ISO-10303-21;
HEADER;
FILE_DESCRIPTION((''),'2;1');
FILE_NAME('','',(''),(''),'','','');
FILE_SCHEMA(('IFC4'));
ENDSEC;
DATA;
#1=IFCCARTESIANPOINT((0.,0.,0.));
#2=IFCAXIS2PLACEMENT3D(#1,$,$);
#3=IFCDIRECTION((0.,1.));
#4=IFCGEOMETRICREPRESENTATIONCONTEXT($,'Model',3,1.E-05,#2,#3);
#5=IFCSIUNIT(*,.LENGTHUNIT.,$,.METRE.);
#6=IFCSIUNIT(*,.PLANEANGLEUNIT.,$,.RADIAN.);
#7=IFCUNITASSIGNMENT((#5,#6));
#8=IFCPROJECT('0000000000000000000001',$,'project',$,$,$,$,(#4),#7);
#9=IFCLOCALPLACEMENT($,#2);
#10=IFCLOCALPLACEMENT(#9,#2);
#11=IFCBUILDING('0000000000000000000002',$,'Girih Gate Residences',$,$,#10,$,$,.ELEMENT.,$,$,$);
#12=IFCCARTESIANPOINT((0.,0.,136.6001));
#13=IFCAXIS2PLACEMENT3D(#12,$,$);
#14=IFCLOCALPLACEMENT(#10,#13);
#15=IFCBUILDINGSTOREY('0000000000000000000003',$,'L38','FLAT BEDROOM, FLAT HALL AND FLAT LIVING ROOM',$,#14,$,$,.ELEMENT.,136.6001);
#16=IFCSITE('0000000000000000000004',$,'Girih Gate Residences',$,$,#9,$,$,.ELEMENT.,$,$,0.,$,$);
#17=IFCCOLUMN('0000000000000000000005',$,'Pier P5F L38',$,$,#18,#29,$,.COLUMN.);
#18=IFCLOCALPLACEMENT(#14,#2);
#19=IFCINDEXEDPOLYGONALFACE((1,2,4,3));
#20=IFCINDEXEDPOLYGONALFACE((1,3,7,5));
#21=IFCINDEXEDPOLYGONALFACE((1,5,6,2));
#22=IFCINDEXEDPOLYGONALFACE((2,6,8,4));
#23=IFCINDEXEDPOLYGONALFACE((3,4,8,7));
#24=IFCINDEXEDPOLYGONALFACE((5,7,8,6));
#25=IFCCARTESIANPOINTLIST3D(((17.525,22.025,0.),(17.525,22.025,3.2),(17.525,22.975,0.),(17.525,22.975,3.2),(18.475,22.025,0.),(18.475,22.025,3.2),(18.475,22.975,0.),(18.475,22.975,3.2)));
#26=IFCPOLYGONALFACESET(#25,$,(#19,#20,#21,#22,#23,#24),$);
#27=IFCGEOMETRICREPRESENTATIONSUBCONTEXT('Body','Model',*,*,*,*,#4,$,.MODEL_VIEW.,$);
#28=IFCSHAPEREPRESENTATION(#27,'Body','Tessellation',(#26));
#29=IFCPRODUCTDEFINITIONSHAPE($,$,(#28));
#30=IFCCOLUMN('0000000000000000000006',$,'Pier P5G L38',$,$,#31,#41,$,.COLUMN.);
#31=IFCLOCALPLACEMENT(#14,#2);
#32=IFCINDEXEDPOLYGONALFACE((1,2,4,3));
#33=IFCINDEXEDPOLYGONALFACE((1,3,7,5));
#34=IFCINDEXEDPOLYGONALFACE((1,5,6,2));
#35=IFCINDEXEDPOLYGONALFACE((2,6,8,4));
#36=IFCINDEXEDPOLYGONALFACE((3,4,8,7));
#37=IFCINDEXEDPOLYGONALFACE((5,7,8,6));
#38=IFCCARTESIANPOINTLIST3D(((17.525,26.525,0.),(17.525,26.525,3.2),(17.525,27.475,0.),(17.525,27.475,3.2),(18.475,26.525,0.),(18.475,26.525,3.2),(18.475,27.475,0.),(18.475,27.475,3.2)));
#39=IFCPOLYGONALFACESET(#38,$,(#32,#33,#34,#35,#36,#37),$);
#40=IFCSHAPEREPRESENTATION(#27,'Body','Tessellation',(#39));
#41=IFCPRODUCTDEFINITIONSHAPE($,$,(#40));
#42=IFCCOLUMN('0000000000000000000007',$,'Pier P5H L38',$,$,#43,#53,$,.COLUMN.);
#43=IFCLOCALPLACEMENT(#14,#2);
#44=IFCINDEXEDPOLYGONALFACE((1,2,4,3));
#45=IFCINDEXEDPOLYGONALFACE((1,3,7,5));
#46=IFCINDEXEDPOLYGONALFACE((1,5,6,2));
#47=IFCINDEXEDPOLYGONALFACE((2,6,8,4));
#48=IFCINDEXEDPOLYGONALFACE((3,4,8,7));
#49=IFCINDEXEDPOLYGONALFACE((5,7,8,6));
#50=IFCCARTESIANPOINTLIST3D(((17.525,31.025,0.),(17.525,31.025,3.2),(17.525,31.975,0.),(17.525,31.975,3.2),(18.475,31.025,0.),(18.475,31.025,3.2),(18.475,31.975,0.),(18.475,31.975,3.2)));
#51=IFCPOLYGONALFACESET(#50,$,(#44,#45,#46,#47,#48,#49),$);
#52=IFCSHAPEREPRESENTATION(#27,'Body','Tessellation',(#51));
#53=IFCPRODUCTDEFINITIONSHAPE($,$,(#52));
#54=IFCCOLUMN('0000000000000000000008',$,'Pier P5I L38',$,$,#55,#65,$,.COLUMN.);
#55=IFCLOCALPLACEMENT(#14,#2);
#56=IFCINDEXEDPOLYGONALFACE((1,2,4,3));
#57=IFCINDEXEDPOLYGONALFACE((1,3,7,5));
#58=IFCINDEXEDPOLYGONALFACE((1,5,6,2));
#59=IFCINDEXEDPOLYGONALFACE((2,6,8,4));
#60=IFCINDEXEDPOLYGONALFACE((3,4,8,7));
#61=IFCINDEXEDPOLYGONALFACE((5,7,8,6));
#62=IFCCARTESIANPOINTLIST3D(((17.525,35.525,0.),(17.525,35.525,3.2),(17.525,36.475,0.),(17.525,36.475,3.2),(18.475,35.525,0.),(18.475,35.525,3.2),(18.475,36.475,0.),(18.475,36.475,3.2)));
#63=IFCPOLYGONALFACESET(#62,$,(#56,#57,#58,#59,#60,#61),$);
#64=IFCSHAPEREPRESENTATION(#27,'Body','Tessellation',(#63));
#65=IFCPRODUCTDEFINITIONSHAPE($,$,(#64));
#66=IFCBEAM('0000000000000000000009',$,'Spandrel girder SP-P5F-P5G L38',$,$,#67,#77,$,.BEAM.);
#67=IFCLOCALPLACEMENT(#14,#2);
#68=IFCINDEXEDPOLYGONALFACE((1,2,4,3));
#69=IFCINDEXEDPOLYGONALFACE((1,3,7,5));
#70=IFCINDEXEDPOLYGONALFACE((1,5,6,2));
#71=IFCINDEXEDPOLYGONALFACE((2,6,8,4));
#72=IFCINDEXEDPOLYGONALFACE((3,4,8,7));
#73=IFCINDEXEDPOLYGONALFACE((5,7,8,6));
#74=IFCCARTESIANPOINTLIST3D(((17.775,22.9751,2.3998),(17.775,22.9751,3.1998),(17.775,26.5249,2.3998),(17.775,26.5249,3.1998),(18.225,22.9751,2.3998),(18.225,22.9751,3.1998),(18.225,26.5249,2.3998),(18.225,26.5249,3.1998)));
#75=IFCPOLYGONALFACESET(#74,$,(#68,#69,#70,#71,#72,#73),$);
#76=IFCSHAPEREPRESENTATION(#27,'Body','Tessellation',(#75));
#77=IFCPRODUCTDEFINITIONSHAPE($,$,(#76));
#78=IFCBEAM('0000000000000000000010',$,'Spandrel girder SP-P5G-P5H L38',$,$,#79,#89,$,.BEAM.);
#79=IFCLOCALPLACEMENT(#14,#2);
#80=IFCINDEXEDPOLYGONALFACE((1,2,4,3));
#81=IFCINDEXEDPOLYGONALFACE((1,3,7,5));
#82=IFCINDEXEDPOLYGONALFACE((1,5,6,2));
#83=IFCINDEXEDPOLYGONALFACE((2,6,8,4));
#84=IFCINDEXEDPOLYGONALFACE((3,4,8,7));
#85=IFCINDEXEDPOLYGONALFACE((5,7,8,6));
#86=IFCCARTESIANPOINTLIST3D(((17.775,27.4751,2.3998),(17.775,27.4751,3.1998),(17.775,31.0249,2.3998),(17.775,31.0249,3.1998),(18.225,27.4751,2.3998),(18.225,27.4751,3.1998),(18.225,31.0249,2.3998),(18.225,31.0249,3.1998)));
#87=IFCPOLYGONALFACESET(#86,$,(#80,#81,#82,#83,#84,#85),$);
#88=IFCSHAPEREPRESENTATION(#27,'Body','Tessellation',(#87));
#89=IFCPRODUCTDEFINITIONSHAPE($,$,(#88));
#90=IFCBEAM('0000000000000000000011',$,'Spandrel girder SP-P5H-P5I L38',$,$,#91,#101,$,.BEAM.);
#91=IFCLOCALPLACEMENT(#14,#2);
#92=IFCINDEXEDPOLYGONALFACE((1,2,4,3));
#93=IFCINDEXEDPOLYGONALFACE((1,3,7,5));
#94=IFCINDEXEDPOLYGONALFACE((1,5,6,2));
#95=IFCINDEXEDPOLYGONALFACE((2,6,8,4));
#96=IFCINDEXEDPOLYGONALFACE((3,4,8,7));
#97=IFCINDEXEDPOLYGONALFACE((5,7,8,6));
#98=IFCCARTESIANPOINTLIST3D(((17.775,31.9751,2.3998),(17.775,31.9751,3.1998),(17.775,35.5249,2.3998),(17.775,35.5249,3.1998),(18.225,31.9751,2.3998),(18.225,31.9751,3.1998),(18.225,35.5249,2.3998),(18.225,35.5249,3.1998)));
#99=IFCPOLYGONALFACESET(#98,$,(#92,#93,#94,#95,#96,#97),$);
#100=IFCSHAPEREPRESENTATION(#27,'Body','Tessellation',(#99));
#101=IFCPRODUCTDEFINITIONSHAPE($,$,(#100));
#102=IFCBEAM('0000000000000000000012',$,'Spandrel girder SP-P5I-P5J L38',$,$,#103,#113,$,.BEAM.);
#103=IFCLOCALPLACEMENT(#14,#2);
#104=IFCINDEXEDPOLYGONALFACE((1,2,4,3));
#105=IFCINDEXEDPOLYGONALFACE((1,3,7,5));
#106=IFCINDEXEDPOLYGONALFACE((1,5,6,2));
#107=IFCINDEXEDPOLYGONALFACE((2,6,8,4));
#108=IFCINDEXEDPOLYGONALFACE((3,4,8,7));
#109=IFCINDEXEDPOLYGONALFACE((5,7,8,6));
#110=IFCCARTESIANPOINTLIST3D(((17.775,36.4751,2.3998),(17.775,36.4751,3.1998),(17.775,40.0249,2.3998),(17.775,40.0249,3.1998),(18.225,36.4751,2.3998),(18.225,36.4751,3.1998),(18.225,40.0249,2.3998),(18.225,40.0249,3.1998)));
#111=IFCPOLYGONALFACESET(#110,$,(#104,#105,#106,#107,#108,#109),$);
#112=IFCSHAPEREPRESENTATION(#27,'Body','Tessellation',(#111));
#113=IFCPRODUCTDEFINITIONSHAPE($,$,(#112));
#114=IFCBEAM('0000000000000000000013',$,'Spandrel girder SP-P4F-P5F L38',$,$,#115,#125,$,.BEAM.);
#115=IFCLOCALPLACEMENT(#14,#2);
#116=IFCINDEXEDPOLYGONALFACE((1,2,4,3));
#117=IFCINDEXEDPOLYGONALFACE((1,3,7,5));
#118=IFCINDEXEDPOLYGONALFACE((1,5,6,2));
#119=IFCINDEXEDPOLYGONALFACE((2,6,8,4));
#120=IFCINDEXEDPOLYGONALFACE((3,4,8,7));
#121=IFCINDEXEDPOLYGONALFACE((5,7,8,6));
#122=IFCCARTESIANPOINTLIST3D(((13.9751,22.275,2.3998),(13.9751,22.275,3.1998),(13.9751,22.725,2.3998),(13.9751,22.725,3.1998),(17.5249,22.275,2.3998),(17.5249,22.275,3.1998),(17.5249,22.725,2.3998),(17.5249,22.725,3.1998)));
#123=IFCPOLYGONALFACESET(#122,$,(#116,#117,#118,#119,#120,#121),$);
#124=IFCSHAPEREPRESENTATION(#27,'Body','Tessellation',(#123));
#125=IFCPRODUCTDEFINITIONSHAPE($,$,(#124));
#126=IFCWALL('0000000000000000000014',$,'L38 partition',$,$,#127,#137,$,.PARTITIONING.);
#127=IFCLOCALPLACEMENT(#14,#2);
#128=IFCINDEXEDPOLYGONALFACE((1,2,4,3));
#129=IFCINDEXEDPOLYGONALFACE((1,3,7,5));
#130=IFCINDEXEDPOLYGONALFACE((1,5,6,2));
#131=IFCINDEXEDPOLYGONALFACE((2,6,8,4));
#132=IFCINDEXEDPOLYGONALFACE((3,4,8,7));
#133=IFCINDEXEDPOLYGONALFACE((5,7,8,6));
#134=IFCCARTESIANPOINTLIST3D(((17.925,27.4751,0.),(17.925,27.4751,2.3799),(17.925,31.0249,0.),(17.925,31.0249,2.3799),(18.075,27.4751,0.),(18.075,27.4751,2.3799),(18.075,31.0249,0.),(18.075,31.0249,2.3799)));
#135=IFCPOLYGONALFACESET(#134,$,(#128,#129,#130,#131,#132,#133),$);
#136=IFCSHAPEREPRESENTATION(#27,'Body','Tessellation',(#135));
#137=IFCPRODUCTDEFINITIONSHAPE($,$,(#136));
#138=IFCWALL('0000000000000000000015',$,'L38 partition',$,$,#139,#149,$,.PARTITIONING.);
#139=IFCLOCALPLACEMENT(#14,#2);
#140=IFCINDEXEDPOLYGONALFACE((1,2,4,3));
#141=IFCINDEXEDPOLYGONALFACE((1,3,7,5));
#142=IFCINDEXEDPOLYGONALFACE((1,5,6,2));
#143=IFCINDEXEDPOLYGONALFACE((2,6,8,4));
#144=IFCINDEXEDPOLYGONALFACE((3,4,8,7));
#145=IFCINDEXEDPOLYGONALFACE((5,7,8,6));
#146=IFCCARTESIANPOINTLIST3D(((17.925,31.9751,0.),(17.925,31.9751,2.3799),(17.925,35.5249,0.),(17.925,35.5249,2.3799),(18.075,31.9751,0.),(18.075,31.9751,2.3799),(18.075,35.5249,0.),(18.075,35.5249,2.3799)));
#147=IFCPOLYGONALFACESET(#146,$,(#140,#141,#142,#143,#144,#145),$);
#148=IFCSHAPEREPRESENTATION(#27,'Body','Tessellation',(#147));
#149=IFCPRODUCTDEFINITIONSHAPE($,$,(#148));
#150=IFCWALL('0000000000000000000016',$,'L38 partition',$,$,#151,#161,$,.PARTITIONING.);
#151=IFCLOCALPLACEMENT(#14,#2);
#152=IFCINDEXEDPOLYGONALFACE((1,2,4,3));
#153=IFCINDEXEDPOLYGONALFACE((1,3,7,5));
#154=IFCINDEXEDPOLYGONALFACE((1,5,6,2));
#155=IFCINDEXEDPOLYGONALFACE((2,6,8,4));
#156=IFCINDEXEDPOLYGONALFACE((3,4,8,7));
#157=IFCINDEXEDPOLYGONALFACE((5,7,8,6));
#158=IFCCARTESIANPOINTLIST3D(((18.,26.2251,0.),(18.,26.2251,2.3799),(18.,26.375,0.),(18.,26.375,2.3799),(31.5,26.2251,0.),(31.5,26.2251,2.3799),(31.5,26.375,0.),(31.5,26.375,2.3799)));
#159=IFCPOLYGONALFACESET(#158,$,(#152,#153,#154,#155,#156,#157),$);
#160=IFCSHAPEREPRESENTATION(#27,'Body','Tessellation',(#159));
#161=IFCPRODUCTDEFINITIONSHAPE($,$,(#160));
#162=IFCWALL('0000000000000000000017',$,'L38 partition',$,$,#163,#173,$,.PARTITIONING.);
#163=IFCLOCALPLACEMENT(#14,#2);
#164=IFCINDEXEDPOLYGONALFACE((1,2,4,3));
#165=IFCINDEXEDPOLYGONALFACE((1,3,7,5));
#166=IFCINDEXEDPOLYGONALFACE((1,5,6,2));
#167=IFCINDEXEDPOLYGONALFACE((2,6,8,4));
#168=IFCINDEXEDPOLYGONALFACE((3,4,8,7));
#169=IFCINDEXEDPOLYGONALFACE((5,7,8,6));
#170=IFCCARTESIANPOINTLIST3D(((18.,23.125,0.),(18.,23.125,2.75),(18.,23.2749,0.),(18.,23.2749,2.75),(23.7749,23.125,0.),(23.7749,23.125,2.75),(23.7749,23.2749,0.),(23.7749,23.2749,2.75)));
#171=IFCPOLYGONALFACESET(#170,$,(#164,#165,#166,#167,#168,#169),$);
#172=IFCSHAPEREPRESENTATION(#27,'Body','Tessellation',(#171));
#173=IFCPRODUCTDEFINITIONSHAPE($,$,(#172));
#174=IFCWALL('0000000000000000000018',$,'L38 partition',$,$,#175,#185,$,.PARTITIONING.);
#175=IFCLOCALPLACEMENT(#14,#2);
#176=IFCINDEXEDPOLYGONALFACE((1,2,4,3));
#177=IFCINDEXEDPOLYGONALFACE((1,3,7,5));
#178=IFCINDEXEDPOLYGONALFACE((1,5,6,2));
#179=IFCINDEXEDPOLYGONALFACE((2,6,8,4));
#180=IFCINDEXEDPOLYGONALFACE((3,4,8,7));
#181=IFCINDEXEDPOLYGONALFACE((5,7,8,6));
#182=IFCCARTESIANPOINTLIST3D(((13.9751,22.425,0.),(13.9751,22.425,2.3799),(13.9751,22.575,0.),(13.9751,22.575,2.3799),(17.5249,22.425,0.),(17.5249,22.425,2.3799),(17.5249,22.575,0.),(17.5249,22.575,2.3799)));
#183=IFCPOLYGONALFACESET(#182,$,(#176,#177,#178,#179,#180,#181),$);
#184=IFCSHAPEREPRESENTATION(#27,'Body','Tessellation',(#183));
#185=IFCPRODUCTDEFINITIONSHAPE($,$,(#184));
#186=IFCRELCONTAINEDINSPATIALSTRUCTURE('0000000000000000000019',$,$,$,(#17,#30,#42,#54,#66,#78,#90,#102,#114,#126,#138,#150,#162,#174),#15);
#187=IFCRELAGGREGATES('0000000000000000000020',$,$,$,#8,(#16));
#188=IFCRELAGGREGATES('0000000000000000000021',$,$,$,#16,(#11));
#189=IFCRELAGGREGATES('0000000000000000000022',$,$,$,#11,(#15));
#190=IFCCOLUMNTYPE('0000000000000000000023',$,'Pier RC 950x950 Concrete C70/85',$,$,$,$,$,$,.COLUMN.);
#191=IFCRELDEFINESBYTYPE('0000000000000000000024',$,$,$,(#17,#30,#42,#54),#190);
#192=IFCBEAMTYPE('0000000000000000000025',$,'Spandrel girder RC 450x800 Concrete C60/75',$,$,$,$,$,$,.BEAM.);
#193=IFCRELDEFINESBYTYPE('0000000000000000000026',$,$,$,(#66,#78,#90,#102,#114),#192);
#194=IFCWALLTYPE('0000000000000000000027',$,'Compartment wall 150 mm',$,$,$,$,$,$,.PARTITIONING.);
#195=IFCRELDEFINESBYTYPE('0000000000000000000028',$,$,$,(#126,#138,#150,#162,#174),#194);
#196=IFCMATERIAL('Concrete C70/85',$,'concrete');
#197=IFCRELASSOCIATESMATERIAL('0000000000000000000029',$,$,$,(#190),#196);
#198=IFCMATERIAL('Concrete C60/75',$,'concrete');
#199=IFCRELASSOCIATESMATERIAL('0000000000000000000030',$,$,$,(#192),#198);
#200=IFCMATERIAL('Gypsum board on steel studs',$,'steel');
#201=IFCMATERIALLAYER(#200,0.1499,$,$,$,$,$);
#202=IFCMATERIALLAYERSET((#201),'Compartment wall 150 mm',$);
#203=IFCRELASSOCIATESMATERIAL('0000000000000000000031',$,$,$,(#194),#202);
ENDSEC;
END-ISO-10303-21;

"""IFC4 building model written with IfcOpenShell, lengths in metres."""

from ifc_helpers import new_model, si_unit, direction, frame, frame_2d, origin, origin_2d, place, context, subcontext, project, spatial, rectangle, extrude, material, layer, layer_set, material_profile, profile_set, type_object, element, save


model = new_model("IFC4")

# Units and contexts
model_context = context("Model", 3, precision=1e-05, world=origin(), true_north=direction((0.0, 1.0)))
body_context = subcontext(model_context, "Body", "Model", "MODEL_VIEW")
ifc_project = project(units=[si_unit("LENGTHUNIT", "METRE"), si_unit("PLANEANGLEUNIT", "RADIAN")], contexts=[model_context])

# Site, building, storey
site_placement = place(None, origin())
site = spatial("IfcSite", under=ifc_project, at=site_placement, Name="Girih Gate Residences", CompositionType="ELEMENT", RefElevation=0.0)
building_placement = place(site_placement, origin())
building = spatial("IfcBuilding", under=site, at=building_placement, Name="Girih Gate Residences", CompositionType="ELEMENT")
storey_placement = place(building_placement, frame((0.0, 0.0, 136.6001)))
storey = spatial("IfcBuildingStorey", under=building, at=storey_placement, Name="L38", Description="FLAT BEDROOM, FLAT HALL AND FLAT LIVING ROOM", CompositionType="ELEMENT", Elevation=136.6001)

# Columns
ifc_material_1 = material(Name="Concrete C70/85", Category="concrete")
ifc_material_profile_1 = material_profile(ifc_material_1, rectangle(XDim=0.95, YDim=0.95, at=origin_2d()))
ifc_profile_set_1 = profile_set([ifc_material_profile_1], Name="Concrete C70/85")
column_type = type_object("IfcColumnType", Name="Pier RC 950x950 Concrete C70/85", PredefinedType="COLUMN", material=ifc_profile_set_1)
for number, where, z_axis, x_axis, name in (
    (1, (18.0, 22.5, 0.0), (0.0, 0.0, 1.0), (1.0, 0.0, 0.0), "Pier P5F L38"),
    (2, (18.0, 27.0, 0.0), (0.0, 0.0, 1.0), (1.0, 0.0, 0.0), "Pier P5G L38"),
    (3, (18.0, 31.5, 0.0), (0.0, 0.0, 1.0), (1.0, 0.0, 0.0), "Pier P5H L38"),
    (4, (18.0, 36.0, 0.0), (0.0, 0.0, 1.0), (1.0, 0.0, 0.0), "Pier P5I L38"),
):
    element("IfcColumn", number, at=place(storey_placement, frame(where, z_axis=z_axis, x_axis=x_axis)), inside=storey, type_object=column_type, Name=name, PredefinedType="COLUMN", context=body_context, shape_type="SweptSolid", body=[
        extrude(rectangle(XDim=0.95, YDim=0.95, at=origin_2d()), origin(), (0.0, 0.0, 1.0), 3.2),
    ])

# Beams
ifc_material_2 = material(Name="Concrete C60/75", Category="concrete")
ifc_material_profile_2 = material_profile(ifc_material_2, rectangle(XDim=0.45, YDim=0.8, at=origin_2d()))
ifc_profile_set_2 = profile_set([ifc_material_profile_2], Name="Concrete C60/75")
beam_type = type_object("IfcBeamType", Name="Spandrel girder RC 450x800 Concrete C60/75", PredefinedType="BEAM", material=ifc_profile_set_2)
for number, where, z_axis, x_axis, name in (
    (5, (18.0, 22.9751, 2.7998), (0.0, 1.0, 0.0), (-1.0, 0.0, 0.0), "Spandrel girder SP-P5F-P5G L38"),
    (6, (18.0, 27.4751, 2.7998), (0.0, 1.0, 0.0), (-1.0, 0.0, 0.0), "Spandrel girder SP-P5G-P5H L38"),
    (7, (18.0, 31.9751, 2.7998), (0.0, 1.0, 0.0), (-1.0, 0.0, 0.0), "Spandrel girder SP-P5H-P5I L38"),
    (8, (18.0, 36.4751, 2.7998), (0.0, 1.0, 0.0), (-1.0, 0.0, 0.0), "Spandrel girder SP-P5I-P5J L38"),
    (9, (13.9751, 22.5, 2.7998), (1.0, 0.0, 0.0), (0.0, 1.0, 0.0), "Spandrel girder SP-P4F-P5F L38"),
):
    element("IfcBeam", number, at=place(storey_placement, frame(where, z_axis=z_axis, x_axis=x_axis)), inside=storey, type_object=beam_type, Name=name, PredefinedType="BEAM", context=body_context, shape_type="SweptSolid", body=[
        extrude(rectangle(XDim=0.45, YDim=0.8, at=origin_2d()), origin(), (0.0, 0.0, 1.0), 3.5498),
    ])

# Walls
ifc_material_3 = material(Name="Gypsum board on steel studs", Category="steel")
ifc_layer_1 = layer(ifc_material_3, 0.1499)
ifc_layer_set_1 = layer_set([ifc_layer_1], Name="Compartment wall 150 mm")
wall_type_1 = type_object("IfcWallType", Name="Compartment wall 150 mm", PredefinedType="PARTITIONING", material=ifc_layer_set_1)
for number, where, z_axis, x_axis, name in (
    (10, (18.0, 27.4751, 0.0), (0.0, 0.0, 1.0), (0.0, 1.0, 0.0), "L38 partition"),
    (11, (18.0, 31.9751, 0.0), (0.0, 0.0, 1.0), (0.0, 1.0, 0.0), "L38 partition"),
):
    element("IfcWall", number, at=place(storey_placement, frame(where, z_axis=z_axis, x_axis=x_axis)), inside=storey, type_object=wall_type_1, Name=name, PredefinedType="PARTITIONING", context=body_context, shape_type="SweptSolid", body=[
        extrude(rectangle(XDim=3.5498, YDim=0.1499, at=frame_2d((1.7749, 0.0))), origin(), (0.0, 0.0, 1.0), 2.3799),
    ])
wall_1_placement = place(storey_placement, frame((18.0, 26.3, 0.0), z_axis=(0.0, 0.0, 1.0), x_axis=(1.0, 0.0, 0.0)))
element("IfcWall", 12, at=wall_1_placement, inside=storey, type_object=wall_type_1, Name="L38 partition", PredefinedType="PARTITIONING", context=body_context, shape_type="SweptSolid", body=[
    extrude(rectangle(XDim=13.5, YDim=0.1499, at=frame_2d((6.75, 0.0))), origin(), (0.0, 0.0, 1.0), 2.3799),
])
wall_2_placement = place(storey_placement, frame((18.0, 23.2, 0.0), z_axis=(0.0, 0.0, 1.0), x_axis=(1.0, 0.0, 0.0)))
element("IfcWall", 13, at=wall_2_placement, inside=storey, type_object=wall_type_1, Name="L38 partition", PredefinedType="PARTITIONING", context=body_context, shape_type="SweptSolid", body=[
    extrude(rectangle(XDim=5.7749, YDim=0.1499, at=frame_2d((2.8875, 0.0))), origin(), (0.0, 0.0, 1.0), 2.75),
])
wall_3_placement = place(storey_placement, frame((13.9751, 22.5, 0.0), z_axis=(0.0, 0.0, 1.0), x_axis=(1.0, 0.0, 0.0)))
element("IfcWall", 14, at=wall_3_placement, inside=storey, type_object=wall_type_1, Name="L38 partition", PredefinedType="PARTITIONING", context=body_context, shape_type="SweptSolid", body=[
    extrude(rectangle(XDim=3.5498, YDim=0.1499, at=frame_2d((1.7749, 0.0))), origin(), (0.0, 0.0, 1.0), 2.3799),
])

save(model, "model.ifc")
